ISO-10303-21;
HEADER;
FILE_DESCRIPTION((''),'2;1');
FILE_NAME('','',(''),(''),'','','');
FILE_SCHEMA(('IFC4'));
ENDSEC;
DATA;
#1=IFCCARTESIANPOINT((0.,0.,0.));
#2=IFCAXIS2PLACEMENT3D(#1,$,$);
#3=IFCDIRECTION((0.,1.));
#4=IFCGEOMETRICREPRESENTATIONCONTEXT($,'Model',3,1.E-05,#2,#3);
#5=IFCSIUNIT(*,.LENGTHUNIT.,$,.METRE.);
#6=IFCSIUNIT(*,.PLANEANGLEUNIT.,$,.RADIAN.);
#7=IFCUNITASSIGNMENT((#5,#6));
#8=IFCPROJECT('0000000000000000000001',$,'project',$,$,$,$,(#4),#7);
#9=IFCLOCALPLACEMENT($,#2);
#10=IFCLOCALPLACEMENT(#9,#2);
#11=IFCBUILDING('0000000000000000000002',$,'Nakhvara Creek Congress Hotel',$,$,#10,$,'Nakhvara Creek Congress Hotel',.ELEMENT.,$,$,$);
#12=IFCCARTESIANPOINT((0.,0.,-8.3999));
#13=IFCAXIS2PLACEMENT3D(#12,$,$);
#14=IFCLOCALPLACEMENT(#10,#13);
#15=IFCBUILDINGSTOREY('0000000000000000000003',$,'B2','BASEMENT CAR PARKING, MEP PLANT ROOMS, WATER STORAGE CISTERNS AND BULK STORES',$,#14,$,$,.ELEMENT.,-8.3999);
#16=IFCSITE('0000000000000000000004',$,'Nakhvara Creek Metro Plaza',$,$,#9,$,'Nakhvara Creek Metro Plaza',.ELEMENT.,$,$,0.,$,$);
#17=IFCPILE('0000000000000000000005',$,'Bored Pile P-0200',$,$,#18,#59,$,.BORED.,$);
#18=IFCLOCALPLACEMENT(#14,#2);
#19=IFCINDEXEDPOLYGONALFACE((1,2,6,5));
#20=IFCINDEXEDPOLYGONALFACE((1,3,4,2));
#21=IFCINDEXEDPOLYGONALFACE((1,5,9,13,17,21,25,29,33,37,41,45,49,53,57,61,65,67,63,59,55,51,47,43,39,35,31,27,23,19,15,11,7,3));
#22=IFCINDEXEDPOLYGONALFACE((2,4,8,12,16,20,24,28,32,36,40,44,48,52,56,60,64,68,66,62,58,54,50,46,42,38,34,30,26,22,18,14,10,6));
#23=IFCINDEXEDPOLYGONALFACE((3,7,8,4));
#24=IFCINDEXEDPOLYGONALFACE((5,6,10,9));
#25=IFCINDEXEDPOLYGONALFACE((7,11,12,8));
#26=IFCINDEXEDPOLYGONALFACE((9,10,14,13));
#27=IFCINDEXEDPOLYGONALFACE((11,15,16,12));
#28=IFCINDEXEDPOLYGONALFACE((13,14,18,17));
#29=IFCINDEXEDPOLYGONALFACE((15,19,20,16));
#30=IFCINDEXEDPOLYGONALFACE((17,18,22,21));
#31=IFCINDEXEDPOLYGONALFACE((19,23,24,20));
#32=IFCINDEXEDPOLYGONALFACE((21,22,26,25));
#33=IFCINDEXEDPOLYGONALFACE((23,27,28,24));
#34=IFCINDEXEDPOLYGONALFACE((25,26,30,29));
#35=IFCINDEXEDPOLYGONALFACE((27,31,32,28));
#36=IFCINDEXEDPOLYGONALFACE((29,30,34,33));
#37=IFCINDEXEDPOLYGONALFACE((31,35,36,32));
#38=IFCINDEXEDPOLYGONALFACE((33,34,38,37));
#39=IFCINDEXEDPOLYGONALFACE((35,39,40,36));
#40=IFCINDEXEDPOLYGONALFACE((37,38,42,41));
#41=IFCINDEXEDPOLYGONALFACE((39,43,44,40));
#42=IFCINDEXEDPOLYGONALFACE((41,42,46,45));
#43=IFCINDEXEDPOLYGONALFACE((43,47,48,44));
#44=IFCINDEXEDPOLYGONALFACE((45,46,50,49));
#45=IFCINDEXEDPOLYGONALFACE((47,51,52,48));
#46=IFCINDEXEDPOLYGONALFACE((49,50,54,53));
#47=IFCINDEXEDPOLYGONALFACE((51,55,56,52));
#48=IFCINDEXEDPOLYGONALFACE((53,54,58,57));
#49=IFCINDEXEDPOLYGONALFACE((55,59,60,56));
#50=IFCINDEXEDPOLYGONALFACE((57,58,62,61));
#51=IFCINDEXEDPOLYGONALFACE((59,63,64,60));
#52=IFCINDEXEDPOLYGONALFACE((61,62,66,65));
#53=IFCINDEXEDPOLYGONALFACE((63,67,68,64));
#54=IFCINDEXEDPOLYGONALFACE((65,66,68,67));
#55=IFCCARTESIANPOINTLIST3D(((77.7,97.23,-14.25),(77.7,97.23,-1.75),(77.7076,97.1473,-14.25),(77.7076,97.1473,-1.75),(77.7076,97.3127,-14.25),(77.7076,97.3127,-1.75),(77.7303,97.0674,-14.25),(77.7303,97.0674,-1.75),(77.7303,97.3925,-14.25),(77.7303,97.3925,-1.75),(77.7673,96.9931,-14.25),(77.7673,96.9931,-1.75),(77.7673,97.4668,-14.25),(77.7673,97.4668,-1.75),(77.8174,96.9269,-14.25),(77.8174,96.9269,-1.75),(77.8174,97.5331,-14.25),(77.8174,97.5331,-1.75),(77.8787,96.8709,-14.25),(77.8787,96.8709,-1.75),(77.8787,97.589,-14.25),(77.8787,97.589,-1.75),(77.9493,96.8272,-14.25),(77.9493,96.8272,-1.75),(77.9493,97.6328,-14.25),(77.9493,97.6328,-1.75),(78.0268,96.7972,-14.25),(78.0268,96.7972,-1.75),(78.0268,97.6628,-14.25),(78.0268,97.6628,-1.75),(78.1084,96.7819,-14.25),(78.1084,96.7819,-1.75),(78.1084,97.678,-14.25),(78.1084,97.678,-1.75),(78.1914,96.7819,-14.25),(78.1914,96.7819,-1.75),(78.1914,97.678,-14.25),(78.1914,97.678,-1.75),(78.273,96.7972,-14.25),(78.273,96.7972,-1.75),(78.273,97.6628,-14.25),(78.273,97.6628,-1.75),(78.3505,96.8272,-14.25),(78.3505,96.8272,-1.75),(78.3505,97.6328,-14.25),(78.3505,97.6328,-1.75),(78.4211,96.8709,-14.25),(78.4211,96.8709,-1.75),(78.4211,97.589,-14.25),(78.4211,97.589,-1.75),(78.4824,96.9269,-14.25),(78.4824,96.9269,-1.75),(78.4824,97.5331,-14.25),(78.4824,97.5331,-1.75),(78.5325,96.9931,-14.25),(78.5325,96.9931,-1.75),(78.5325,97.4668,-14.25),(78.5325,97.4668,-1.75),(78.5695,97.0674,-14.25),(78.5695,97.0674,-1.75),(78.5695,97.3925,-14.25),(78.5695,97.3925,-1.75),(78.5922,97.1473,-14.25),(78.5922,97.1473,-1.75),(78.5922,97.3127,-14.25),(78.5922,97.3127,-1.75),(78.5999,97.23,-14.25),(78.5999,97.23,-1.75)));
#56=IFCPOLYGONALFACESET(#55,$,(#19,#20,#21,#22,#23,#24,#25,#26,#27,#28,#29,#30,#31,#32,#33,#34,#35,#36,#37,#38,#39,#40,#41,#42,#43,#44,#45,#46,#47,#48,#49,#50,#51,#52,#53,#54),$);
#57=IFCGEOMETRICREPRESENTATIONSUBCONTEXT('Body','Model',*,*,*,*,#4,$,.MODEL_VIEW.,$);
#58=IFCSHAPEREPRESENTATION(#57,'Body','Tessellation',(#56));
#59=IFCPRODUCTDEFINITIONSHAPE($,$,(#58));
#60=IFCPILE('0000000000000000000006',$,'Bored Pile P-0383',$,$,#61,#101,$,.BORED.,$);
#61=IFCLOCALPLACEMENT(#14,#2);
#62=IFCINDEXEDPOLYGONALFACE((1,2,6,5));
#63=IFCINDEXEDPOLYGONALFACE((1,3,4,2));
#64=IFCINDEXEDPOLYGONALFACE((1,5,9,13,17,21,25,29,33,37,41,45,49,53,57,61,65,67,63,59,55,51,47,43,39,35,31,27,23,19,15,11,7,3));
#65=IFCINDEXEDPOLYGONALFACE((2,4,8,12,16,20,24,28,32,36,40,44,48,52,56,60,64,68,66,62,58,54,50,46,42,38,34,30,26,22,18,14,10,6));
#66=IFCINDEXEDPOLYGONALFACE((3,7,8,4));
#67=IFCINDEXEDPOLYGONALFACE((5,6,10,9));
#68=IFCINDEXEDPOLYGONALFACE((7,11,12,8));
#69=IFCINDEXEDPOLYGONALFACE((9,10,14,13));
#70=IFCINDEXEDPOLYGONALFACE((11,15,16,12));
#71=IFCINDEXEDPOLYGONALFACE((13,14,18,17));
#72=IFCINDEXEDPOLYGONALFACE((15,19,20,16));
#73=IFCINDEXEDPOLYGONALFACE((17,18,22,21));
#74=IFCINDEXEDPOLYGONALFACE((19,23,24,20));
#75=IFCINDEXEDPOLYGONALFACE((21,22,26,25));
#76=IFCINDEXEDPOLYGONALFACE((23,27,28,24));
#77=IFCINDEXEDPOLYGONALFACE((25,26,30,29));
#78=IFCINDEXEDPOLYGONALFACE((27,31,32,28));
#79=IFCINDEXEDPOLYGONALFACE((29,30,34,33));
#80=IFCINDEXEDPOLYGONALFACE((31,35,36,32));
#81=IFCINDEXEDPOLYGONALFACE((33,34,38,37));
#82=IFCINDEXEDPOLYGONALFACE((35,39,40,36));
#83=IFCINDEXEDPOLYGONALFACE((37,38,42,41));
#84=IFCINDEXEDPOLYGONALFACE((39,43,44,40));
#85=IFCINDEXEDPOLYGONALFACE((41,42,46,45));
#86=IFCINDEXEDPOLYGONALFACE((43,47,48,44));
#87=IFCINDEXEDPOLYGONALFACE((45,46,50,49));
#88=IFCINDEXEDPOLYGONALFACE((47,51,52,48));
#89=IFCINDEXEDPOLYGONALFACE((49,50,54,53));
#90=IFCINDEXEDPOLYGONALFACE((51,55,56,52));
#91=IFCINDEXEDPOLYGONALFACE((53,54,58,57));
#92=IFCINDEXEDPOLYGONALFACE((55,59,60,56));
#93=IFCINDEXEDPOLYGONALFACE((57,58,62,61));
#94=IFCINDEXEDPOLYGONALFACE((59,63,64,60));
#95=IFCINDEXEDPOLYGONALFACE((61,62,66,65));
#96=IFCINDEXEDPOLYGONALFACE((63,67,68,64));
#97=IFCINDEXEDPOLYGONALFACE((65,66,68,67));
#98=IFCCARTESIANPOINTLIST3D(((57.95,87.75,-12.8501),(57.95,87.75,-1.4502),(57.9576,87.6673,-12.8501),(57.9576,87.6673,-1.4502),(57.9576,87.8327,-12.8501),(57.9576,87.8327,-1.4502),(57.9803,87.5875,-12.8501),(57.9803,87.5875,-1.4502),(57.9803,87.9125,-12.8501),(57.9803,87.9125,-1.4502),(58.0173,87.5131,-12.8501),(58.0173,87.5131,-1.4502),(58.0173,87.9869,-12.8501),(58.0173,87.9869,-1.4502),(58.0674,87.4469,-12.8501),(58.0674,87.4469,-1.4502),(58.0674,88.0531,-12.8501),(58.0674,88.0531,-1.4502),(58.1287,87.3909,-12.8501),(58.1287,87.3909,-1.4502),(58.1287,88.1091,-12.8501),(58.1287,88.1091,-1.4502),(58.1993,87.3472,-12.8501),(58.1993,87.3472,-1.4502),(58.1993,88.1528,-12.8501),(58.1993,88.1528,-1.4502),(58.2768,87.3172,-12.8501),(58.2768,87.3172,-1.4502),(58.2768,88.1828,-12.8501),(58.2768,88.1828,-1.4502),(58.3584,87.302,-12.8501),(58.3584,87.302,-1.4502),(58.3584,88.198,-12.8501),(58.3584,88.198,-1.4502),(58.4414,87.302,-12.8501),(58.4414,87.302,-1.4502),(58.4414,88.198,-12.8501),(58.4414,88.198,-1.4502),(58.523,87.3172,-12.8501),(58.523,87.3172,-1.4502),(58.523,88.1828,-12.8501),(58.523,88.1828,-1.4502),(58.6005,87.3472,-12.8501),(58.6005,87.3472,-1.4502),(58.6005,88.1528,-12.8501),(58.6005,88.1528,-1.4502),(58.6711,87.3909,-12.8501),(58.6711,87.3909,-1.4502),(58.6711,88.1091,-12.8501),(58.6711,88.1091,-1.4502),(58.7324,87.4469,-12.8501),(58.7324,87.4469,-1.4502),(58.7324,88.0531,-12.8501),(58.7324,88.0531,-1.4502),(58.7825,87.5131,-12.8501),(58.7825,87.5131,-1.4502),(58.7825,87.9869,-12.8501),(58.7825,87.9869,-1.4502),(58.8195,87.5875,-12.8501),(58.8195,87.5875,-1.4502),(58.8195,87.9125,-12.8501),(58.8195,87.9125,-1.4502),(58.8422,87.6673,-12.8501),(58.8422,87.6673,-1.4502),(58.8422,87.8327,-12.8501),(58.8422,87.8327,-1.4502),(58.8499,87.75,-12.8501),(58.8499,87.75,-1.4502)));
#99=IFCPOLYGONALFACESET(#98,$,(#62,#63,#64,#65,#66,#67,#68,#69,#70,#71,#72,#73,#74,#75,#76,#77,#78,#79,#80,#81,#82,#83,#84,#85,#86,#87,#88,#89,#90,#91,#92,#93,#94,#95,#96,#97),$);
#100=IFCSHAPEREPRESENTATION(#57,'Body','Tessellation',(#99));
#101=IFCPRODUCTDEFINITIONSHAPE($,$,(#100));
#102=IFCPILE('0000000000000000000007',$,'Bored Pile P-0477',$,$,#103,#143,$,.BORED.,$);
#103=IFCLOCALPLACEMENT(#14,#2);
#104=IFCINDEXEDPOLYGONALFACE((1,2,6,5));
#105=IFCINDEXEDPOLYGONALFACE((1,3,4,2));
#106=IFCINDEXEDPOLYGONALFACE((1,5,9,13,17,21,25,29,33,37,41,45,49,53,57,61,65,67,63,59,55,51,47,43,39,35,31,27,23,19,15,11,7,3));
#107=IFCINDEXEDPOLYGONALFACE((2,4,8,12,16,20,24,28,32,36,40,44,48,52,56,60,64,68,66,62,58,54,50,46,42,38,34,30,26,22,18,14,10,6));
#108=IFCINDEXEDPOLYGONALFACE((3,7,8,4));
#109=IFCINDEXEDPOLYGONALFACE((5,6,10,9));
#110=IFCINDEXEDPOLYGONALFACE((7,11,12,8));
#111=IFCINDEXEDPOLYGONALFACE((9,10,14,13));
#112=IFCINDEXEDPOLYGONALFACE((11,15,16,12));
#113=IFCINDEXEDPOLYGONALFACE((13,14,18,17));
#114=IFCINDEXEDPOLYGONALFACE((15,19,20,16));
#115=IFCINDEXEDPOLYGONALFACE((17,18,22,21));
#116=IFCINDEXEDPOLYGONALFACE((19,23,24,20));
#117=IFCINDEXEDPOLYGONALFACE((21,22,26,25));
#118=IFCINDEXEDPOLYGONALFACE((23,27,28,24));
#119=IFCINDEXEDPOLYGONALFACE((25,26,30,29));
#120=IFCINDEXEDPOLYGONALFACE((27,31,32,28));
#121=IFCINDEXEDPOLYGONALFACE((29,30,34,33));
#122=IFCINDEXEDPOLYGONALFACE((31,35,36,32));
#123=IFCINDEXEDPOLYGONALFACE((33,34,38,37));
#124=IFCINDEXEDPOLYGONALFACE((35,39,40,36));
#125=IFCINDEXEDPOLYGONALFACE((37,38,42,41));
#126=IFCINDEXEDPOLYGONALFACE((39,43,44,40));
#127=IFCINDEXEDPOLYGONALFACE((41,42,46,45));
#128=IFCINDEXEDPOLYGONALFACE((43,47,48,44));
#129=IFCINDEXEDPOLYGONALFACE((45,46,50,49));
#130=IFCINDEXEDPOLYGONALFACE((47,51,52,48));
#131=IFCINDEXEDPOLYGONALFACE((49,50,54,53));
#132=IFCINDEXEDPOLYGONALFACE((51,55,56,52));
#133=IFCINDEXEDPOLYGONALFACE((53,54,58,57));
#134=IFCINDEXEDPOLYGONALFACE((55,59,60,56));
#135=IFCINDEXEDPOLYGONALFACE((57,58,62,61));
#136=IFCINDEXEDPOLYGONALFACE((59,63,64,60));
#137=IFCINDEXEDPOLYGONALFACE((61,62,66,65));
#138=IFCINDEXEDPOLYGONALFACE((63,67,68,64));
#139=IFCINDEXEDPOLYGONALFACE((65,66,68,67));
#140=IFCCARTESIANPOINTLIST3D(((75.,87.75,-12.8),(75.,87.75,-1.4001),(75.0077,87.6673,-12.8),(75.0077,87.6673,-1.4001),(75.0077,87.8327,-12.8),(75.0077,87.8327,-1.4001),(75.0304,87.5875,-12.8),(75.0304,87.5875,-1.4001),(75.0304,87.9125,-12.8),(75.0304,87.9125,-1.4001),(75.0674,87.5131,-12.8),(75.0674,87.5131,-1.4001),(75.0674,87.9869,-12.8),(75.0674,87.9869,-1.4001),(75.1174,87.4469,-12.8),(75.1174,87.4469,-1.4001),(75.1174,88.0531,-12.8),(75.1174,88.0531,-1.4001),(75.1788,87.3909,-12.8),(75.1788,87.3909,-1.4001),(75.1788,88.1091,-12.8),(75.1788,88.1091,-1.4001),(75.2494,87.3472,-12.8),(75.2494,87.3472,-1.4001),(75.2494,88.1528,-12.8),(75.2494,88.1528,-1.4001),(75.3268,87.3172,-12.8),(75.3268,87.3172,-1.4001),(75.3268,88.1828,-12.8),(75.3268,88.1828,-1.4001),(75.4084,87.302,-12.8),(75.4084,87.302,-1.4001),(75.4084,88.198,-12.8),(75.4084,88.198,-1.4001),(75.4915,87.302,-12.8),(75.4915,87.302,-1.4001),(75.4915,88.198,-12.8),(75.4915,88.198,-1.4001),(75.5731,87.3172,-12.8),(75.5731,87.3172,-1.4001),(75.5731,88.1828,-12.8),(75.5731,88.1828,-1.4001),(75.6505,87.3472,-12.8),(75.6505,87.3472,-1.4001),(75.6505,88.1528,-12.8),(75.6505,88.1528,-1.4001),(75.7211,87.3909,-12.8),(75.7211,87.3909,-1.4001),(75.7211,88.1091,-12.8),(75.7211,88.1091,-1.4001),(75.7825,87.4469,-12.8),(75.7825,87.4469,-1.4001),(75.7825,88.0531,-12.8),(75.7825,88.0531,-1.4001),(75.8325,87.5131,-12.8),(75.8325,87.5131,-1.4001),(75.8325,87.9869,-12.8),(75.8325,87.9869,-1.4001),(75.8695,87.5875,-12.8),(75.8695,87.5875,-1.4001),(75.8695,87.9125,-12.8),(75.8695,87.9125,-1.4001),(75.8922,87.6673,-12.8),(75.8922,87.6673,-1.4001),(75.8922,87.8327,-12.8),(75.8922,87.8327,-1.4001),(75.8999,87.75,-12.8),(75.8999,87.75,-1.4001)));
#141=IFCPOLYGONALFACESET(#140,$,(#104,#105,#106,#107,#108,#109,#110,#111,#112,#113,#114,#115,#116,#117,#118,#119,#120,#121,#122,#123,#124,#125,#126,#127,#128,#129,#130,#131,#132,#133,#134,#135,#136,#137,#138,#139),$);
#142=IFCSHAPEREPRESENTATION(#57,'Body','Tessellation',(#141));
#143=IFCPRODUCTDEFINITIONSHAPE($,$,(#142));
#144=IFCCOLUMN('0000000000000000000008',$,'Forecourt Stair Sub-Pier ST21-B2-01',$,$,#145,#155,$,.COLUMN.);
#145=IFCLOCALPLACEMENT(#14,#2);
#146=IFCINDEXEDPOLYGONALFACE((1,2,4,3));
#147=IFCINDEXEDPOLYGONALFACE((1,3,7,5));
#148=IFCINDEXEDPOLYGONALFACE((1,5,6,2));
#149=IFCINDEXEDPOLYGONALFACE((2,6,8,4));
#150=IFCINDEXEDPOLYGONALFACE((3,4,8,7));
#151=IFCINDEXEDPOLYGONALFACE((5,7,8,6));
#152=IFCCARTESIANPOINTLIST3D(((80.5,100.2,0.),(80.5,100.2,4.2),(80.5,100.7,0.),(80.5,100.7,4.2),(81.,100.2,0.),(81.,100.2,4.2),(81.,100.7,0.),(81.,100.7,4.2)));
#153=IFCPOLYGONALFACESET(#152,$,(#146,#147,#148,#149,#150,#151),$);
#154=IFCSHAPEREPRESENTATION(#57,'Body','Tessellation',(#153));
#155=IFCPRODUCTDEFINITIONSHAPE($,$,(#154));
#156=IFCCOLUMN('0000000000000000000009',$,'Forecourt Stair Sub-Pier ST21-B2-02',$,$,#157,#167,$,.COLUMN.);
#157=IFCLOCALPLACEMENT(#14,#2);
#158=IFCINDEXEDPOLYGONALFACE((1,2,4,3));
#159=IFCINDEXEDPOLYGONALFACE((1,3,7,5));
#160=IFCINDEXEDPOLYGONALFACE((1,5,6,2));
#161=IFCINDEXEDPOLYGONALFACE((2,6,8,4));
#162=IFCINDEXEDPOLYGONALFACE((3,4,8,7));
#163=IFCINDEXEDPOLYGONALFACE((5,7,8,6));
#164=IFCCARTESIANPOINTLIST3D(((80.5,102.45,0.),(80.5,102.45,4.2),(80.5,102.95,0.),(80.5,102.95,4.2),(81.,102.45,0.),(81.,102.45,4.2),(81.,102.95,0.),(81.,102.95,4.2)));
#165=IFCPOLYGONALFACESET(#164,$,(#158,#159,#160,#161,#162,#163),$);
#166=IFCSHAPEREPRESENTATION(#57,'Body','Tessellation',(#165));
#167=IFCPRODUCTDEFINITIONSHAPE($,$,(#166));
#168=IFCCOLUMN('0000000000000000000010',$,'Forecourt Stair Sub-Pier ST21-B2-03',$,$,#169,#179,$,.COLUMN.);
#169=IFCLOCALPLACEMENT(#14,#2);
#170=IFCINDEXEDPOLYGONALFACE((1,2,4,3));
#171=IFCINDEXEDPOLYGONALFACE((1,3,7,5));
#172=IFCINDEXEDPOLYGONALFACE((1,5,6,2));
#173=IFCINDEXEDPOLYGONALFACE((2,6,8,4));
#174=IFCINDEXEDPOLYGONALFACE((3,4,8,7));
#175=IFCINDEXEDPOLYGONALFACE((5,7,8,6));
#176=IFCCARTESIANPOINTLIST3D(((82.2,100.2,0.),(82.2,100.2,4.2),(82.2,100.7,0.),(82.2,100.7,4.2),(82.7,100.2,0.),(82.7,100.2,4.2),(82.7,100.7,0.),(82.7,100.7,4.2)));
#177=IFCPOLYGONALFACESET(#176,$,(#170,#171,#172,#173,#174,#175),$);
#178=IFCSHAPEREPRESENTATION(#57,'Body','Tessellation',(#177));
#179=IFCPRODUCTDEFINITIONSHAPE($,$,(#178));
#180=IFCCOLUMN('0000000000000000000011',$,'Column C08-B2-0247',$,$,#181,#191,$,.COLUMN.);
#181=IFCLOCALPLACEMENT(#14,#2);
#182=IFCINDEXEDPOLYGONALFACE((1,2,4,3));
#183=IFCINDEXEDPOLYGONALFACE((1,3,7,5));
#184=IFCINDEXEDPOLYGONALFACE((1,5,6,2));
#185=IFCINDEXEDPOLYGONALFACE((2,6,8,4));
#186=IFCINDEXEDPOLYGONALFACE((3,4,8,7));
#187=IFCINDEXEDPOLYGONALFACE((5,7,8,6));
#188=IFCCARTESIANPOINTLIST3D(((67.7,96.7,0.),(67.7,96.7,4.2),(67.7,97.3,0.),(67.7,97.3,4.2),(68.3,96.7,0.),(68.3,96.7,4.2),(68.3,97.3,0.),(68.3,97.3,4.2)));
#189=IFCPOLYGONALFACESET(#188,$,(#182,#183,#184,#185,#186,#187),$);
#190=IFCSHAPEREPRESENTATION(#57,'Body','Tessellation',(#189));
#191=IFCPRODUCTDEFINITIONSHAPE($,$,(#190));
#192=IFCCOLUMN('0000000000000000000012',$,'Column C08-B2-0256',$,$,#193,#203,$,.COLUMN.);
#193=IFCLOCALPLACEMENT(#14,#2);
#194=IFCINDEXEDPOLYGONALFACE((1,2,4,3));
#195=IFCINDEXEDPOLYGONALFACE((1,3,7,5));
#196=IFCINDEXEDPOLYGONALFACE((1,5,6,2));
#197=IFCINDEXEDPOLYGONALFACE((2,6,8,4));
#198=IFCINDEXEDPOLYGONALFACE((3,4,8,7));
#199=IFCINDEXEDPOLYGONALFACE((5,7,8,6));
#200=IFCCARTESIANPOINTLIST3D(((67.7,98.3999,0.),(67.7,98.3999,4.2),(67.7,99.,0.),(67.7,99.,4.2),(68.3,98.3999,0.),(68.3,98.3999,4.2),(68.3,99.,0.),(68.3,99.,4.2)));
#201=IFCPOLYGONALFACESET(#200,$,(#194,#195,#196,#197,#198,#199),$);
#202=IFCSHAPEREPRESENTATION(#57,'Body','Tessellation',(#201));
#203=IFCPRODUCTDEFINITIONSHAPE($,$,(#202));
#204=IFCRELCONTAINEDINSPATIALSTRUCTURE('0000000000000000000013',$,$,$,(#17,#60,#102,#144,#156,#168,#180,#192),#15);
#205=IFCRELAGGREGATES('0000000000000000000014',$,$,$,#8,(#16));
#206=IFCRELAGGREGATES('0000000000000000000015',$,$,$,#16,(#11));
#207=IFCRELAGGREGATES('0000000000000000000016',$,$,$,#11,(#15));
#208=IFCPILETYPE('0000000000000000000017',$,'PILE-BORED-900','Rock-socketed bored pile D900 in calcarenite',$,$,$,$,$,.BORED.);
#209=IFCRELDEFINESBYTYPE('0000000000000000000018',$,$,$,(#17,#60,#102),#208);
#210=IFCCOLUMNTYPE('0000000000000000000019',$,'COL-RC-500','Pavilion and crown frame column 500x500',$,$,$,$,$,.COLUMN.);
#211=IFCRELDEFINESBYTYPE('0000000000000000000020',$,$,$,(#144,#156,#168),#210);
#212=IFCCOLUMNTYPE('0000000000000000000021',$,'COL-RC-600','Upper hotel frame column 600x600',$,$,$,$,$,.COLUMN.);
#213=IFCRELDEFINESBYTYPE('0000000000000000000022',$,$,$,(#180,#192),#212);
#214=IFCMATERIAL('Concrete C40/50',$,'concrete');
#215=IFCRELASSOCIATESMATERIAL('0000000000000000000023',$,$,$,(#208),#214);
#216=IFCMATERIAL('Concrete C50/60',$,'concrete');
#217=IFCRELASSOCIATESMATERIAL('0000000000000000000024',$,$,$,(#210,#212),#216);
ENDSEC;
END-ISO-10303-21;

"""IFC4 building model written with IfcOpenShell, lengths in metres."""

from ifc_helpers import new_model, si_unit, direction, frame, origin, origin_2d, place, context, subcontext, project, spatial, rectangle, circle, extrude, material, material_profile, profile_set, type_object, element, save


model = new_model("IFC4")

# Units and contexts
model_context = context("Model", 3, precision=1e-05, world=origin(), true_north=direction((0.0, 1.0)))
body_context = subcontext(model_context, "Body", "Model", "MODEL_VIEW")
ifc_project = project(units=[si_unit("LENGTHUNIT", "METRE"), si_unit("PLANEANGLEUNIT", "RADIAN")], contexts=[model_context])

# Site, building, storey
site_placement = place(None, origin())
site = spatial("IfcSite", under=ifc_project, at=site_placement, Name="Nakhvara Creek Metro Plaza", LongName="Nakhvara Creek Metro Plaza", CompositionType="ELEMENT", RefElevation=0.0)
building_placement = place(site_placement, origin())
building = spatial("IfcBuilding", under=site, at=building_placement, Name="Nakhvara Creek Congress Hotel", LongName="Nakhvara Creek Congress Hotel", CompositionType="ELEMENT")
storey_placement = place(building_placement, frame((0.0, 0.0, -8.3999)))
storey = spatial("IfcBuildingStorey", under=building, at=storey_placement, Name="B2", Description="BASEMENT CAR PARKING, MEP PLANT ROOMS, WATER STORAGE CISTERNS AND BULK STORES", CompositionType="ELEMENT", Elevation=-8.3999)

# Shared definitions
ifc_material_1 = material(Name="Concrete C40/50", Category="concrete")

# Piles
ifc_material_profile_1 = material_profile(ifc_material_1, circle(Radius=0.45, at=origin_2d()), Name="BORED PILE D900", Category="LoadBearing")
ifc_profile_set_1 = profile_set([ifc_material_profile_1], Name="Concrete C40/50")
pile_type = type_object("IfcPileType", Name="PILE-BORED-900", Description="Rock-socketed bored pile D900 in calcarenite", PredefinedType="BORED", material=ifc_profile_set_1)
for number, where, z_axis, x_axis, name in (
    (1, (78.1499, 97.23, -1.75), (0.0, 0.0, -1.0), (1.0, 0.0, 0.0), "Bored Pile P-0200"),
):
    element("IfcPile", number, at=place(storey_placement, frame(where, z_axis=z_axis, x_axis=x_axis)), inside=storey, type_object=pile_type, Name=name, PredefinedType="BORED", context=body_context, shape_type="SweptSolid", body=[
        extrude(circle(Radius=0.45, at=origin_2d()), origin(), (0.0, 0.0, 1.0), 12.5),
    ])
for number, where, z_axis, x_axis, name in (
    (2, (58.3999, 87.75, -1.4502), (0.0, 0.0, -1.0), (1.0, 0.0, 0.0), "Bored Pile P-0383"),
    (3, (75.45, 87.75, -1.4001), (0.0, 0.0, -1.0), (1.0, 0.0, 0.0), "Bored Pile P-0477"),
):
    element("IfcPile", number, at=place(storey_placement, frame(where, z_axis=z_axis, x_axis=x_axis)), inside=storey, type_object=pile_type, Name=name, PredefinedType="BORED", context=body_context, shape_type="SweptSolid", body=[
        extrude(circle(Radius=0.45, at=origin_2d()), origin(), (0.0, 0.0, 1.0), 11.3999),
    ])

# Columns
ifc_material_2 = material(Name="Concrete C50/60", Category="concrete")
ifc_material_profile_2 = material_profile(ifc_material_2, rectangle(XDim=0.5, YDim=0.5, at=origin_2d()), Name="RC-COL 500x500", Category="LoadBearing")
ifc_profile_set_2 = profile_set([ifc_material_profile_2], Name="Concrete C50/60")
column_type_1 = type_object("IfcColumnType", Name="COL-RC-500", Description="Pavilion and crown frame column 500x500", PredefinedType="COLUMN", material=ifc_profile_set_2)
for number, where, z_axis, x_axis, name in (
    (4, (80.75, 100.45, 0.0), (0.0, 0.0, 1.0), (1.0, 0.0, 0.0), "Forecourt Stair Sub-Pier ST21-B2-01"),
    (5, (80.75, 102.7, 0.0), (0.0, 0.0, 1.0), (1.0, 0.0, 0.0), "Forecourt Stair Sub-Pier ST21-B2-02"),
    (6, (82.45, 100.45, 0.0), (0.0, 0.0, 1.0), (1.0, 0.0, 0.0), "Forecourt Stair Sub-Pier ST21-B2-03"),
):
    element("IfcColumn", number, at=place(storey_placement, frame(where, z_axis=z_axis, x_axis=x_axis)), inside=storey, type_object=column_type_1, Name=name, PredefinedType="COLUMN", context=body_context, shape_type="SweptSolid", body=[
        extrude(rectangle(XDim=0.5, YDim=0.5, at=origin_2d()), origin(), (0.0, 0.0, 1.0), 4.2),
    ])
ifc_material_profile_3 = material_profile(ifc_material_2, rectangle(XDim=0.6001, YDim=0.6001, at=origin_2d()), Name="RC-COL 600x600", Category="LoadBearing")
ifc_profile_set_3 = profile_set([ifc_material_profile_3], Name="Concrete C50/60")
column_type_2 = type_object("IfcColumnType", Name="COL-RC-600", Description="Upper hotel frame column 600x600", PredefinedType="COLUMN", material=ifc_profile_set_3)
for number, where, z_axis, x_axis, name in (
    (7, (68.0, 97.0, 0.0), (0.0, 0.0, 1.0), (1.0, 0.0, 0.0), "Column C08-B2-0247"),
    (8, (68.0, 98.7, 0.0), (0.0, 0.0, 1.0), (1.0, 0.0, 0.0), "Column C08-B2-0256"),
):
    element("IfcColumn", number, at=place(storey_placement, frame(where, z_axis=z_axis, x_axis=x_axis)), inside=storey, type_object=column_type_2, Name=name, PredefinedType="COLUMN", context=body_context, shape_type="SweptSolid", body=[
        extrude(rectangle(XDim=0.6001, YDim=0.6001, at=origin_2d()), origin(), (0.0, 0.0, 1.0), 4.2),
    ])

save(model, "model.ifc")
